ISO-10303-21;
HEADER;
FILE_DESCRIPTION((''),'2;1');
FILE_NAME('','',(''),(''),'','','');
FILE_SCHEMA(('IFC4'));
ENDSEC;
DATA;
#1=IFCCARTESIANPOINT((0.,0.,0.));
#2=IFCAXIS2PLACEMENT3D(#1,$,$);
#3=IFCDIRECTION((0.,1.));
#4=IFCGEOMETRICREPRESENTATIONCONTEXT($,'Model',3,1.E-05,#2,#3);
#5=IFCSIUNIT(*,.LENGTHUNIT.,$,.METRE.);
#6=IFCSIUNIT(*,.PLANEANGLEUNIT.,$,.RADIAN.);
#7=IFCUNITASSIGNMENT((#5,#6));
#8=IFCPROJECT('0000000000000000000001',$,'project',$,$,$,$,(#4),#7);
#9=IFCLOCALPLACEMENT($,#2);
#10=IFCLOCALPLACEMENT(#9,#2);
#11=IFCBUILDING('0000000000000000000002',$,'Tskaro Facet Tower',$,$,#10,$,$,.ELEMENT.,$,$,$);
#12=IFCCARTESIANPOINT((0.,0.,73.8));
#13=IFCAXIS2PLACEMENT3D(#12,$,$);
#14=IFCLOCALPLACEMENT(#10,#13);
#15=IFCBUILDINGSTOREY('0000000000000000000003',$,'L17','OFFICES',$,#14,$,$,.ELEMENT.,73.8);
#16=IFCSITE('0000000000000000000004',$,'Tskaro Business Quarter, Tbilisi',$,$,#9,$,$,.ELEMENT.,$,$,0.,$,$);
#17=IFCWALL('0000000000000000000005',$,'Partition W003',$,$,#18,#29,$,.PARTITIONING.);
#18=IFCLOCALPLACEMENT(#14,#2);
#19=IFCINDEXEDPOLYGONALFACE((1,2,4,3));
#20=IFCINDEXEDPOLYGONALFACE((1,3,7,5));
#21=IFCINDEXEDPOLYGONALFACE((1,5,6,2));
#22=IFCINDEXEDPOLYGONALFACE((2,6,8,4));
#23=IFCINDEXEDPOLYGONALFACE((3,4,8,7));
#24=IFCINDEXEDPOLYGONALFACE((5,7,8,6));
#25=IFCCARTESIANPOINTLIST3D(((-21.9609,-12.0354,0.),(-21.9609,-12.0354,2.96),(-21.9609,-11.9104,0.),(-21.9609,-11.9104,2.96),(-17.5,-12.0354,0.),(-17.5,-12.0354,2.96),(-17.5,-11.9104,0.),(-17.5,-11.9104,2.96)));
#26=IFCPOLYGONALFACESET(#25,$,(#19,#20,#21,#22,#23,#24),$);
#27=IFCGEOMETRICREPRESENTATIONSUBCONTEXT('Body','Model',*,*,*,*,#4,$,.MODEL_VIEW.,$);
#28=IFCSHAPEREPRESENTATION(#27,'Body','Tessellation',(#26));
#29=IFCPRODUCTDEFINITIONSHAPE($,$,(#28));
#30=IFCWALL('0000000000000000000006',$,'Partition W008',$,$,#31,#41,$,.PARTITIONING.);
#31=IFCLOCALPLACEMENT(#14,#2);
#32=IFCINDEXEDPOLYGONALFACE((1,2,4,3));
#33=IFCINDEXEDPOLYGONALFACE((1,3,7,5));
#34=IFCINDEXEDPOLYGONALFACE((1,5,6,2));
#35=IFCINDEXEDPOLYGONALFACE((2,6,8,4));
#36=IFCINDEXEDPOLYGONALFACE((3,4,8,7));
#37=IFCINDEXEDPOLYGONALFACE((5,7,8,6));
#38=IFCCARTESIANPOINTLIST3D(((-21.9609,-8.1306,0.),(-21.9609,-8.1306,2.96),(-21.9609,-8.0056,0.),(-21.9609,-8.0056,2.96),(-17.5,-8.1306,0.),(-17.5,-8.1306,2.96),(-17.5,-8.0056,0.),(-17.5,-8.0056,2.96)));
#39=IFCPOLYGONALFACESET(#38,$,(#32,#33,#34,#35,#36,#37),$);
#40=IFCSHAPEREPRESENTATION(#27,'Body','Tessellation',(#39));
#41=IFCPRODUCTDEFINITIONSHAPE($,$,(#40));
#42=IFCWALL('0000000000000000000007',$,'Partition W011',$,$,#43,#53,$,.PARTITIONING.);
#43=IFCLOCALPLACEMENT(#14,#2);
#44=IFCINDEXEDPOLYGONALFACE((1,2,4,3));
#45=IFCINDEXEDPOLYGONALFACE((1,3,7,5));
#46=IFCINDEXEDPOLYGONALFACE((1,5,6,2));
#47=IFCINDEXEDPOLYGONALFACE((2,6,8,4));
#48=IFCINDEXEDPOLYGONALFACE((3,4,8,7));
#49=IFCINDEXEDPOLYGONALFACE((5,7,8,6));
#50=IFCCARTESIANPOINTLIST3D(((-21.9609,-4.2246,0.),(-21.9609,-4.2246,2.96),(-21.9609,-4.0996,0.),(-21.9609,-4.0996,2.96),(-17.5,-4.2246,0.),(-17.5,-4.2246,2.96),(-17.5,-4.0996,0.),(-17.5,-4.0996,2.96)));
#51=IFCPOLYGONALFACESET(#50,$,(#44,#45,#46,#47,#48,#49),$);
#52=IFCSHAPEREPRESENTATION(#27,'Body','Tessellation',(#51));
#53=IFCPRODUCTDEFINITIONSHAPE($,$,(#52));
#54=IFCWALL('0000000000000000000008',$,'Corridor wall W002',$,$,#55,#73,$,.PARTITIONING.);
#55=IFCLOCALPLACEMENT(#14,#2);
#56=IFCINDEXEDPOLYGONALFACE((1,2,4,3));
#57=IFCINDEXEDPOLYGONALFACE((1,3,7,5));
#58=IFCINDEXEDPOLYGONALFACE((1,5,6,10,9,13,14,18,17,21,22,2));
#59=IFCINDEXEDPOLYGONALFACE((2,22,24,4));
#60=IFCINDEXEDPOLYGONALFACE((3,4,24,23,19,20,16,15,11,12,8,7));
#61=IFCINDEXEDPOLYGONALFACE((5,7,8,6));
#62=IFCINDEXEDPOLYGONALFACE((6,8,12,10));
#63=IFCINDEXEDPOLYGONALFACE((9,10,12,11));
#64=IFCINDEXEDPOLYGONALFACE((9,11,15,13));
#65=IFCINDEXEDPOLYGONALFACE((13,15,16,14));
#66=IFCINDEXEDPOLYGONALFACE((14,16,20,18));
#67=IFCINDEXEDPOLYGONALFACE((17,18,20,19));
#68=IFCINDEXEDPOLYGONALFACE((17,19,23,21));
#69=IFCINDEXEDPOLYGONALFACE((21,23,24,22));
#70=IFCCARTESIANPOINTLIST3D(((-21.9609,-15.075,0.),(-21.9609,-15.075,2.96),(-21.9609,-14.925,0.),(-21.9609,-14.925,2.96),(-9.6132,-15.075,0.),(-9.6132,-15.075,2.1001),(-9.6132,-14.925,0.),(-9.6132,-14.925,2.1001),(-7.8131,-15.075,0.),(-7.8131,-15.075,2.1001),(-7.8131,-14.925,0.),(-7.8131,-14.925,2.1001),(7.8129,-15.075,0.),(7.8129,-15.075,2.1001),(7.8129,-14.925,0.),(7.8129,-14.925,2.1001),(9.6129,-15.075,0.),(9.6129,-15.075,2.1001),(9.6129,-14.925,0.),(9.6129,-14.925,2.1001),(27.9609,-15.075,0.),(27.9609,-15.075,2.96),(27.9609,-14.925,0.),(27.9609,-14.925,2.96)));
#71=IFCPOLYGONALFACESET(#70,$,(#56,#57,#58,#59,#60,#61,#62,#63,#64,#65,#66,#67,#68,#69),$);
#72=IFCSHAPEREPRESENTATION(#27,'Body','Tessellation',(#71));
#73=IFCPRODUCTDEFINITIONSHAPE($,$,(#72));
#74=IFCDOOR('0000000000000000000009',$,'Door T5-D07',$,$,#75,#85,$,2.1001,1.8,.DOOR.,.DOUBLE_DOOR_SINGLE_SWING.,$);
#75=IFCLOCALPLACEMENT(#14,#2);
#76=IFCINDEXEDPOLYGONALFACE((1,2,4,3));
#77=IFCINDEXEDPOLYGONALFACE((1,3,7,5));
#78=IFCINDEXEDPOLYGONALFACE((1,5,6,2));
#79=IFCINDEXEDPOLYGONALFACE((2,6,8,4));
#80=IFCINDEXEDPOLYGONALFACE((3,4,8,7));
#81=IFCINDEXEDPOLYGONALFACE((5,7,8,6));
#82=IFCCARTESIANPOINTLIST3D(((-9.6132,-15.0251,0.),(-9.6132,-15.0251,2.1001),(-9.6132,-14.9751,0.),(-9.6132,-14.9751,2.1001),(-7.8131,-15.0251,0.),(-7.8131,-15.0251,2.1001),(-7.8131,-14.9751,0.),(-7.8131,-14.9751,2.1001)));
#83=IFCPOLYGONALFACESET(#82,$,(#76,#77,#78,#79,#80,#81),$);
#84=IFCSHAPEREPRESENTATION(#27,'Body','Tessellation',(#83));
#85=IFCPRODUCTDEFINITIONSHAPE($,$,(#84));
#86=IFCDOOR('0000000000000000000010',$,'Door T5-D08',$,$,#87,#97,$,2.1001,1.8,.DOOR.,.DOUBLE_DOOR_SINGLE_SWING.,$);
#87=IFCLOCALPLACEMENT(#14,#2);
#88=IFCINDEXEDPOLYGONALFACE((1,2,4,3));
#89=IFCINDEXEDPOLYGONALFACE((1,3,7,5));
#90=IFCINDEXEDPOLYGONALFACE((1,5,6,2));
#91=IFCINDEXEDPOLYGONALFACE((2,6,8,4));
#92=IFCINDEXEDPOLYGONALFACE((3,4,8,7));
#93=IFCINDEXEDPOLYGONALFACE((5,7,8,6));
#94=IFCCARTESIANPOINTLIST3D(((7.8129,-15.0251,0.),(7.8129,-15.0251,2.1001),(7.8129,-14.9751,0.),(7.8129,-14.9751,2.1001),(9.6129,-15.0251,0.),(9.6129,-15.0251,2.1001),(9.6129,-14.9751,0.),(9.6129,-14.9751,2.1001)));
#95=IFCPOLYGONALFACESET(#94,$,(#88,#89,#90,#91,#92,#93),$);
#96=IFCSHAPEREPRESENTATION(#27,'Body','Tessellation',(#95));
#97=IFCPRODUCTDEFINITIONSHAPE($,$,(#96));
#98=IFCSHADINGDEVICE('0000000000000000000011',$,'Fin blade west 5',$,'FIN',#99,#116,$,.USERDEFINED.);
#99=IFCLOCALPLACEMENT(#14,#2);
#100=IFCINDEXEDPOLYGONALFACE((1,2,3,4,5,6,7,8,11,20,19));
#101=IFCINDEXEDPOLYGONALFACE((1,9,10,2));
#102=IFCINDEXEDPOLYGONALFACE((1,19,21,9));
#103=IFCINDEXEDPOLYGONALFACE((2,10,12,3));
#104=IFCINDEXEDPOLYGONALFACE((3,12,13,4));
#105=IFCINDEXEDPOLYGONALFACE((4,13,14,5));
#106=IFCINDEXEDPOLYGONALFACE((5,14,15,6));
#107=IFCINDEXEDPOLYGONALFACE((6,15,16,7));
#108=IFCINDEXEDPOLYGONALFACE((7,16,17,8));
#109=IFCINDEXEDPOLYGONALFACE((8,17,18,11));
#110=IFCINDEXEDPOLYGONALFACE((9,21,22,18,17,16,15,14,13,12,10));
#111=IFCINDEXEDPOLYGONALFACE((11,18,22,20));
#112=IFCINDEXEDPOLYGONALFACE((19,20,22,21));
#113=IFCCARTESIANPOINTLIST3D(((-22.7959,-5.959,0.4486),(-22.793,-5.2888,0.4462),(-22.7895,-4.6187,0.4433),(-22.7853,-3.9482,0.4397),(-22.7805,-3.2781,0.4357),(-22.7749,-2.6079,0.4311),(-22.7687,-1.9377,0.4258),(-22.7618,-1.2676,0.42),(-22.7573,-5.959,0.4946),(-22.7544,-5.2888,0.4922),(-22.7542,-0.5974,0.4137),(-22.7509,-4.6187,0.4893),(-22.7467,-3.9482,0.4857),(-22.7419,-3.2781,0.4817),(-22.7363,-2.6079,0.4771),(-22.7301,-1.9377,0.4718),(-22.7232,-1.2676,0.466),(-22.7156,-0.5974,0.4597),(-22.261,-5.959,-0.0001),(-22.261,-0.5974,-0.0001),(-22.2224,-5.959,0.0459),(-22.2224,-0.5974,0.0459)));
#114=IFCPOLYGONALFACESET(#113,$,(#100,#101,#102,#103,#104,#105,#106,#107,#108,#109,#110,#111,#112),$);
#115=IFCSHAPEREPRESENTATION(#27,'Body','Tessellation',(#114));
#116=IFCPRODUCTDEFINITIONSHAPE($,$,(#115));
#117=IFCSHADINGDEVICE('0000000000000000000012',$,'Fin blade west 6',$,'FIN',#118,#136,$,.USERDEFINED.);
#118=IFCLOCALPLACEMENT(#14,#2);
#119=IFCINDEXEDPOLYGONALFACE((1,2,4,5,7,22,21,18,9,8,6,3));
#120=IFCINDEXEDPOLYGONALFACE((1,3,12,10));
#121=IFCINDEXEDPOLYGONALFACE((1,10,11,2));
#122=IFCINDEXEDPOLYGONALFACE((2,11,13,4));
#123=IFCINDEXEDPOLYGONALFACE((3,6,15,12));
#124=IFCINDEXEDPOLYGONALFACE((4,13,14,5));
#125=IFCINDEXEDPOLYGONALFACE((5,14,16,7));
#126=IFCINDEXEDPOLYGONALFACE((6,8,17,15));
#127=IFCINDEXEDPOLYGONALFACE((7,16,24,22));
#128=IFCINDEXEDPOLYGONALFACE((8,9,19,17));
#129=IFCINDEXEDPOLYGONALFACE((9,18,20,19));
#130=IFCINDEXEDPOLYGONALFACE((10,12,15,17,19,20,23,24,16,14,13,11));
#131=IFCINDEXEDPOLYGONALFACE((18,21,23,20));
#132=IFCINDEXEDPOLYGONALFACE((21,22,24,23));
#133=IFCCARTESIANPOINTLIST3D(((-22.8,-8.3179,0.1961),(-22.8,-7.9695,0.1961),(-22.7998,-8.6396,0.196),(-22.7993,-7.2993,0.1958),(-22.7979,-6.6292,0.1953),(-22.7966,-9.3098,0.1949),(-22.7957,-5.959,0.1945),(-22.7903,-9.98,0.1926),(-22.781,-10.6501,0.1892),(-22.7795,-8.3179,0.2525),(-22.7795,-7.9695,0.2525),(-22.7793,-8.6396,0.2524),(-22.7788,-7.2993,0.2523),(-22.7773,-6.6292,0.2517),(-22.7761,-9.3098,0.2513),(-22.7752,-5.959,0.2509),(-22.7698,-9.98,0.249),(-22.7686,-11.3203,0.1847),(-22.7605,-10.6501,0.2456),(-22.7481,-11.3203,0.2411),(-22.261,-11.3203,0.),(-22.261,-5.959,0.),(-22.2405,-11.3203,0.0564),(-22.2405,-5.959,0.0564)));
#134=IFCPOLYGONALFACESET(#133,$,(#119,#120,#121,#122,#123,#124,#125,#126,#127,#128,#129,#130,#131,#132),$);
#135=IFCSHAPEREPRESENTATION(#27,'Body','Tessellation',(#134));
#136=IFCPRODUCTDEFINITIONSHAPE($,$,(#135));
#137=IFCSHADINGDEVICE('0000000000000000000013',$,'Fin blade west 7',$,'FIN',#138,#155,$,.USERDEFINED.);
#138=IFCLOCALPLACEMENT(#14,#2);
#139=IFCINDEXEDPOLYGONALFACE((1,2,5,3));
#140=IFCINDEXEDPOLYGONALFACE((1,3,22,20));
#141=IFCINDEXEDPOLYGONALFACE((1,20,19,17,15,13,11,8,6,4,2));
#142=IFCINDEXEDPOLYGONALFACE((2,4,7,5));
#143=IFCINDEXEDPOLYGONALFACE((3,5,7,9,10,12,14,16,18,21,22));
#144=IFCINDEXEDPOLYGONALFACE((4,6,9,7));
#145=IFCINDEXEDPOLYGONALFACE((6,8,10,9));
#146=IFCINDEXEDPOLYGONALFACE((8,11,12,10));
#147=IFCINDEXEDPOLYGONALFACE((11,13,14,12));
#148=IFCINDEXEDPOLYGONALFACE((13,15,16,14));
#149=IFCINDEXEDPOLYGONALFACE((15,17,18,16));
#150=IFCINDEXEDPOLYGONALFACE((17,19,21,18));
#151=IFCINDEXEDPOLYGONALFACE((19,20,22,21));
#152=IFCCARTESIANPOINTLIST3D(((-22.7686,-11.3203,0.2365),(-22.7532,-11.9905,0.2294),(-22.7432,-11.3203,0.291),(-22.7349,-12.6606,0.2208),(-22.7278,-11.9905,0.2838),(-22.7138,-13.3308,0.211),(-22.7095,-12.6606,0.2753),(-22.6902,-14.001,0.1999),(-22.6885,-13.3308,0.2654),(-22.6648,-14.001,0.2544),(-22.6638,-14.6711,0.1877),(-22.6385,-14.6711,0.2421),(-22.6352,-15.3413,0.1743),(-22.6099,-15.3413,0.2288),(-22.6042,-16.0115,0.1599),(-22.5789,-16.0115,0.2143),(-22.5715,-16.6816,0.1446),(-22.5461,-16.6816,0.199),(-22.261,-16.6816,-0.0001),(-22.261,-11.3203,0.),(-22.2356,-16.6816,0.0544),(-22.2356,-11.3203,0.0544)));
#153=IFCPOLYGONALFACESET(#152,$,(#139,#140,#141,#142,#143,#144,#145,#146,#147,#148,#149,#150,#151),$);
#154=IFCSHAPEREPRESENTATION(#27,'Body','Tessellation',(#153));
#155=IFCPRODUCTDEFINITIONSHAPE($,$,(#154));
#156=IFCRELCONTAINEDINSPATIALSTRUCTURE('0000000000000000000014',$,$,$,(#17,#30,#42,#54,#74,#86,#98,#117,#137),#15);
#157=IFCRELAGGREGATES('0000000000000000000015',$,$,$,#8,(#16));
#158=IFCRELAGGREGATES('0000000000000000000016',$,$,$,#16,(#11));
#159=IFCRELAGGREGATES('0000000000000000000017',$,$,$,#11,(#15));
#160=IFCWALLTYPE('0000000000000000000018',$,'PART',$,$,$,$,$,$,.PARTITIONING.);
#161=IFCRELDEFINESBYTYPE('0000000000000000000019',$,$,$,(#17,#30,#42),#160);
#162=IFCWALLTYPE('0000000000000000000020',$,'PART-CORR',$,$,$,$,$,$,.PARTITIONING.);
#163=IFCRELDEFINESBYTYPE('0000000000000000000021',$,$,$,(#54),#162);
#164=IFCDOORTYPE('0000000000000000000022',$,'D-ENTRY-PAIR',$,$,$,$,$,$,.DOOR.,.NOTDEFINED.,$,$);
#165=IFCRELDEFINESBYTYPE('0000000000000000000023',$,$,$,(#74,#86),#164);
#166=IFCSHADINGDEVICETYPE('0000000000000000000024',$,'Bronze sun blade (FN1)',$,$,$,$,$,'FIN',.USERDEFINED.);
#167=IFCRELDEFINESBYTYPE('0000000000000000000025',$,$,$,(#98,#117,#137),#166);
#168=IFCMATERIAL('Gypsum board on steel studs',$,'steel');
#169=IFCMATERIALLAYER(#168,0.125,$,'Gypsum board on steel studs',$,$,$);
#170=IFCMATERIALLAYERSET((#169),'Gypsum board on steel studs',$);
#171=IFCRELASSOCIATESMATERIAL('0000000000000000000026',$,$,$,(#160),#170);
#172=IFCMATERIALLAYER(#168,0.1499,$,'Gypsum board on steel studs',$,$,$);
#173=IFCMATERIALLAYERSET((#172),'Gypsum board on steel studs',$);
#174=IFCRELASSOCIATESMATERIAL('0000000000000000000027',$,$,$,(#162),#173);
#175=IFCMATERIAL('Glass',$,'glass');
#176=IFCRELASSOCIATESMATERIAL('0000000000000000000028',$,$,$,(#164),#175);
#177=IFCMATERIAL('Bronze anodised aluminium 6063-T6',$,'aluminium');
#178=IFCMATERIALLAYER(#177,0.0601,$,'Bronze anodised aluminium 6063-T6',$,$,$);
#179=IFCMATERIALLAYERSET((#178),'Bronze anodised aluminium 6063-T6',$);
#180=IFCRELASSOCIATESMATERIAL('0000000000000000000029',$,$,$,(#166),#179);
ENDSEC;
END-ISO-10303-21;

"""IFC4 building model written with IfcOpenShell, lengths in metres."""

from ifc_helpers import new_model, si_unit, direction, frame, frame_2d, origin, place, context, subcontext, project, spatial, polyline, rectangle, outline, extrude, material, layer, layer_set, type_object, element, fill, save


model = new_model("IFC4")

# Units and contexts
model_context = context("Model", 3, precision=1e-05, world=origin(), true_north=direction((0.0, 1.0)))
body_context = subcontext(model_context, "Body", "Model", "MODEL_VIEW")
ifc_project = project(units=[si_unit("LENGTHUNIT", "METRE"), si_unit("PLANEANGLEUNIT", "RADIAN")], contexts=[model_context])

# Site, building, storey
site_placement = place(None, origin())
site = spatial("IfcSite", under=ifc_project, at=site_placement, Name="Tskaro Business Quarter, Tbilisi", CompositionType="ELEMENT", RefElevation=0.0)
building_placement = place(site_placement, origin())
building = spatial("IfcBuilding", under=site, at=building_placement, Name="Tskaro Facet Tower", CompositionType="ELEMENT")
storey_placement = place(building_placement, frame((0.0, 0.0, 73.8)))
storey = spatial("IfcBuildingStorey", under=building, at=storey_placement, Name="L17", Description="OFFICES", CompositionType="ELEMENT", Elevation=73.8)

# Shared definitions
ifc_material_1 = material(Name="Bronze anodised aluminium 6063-T6", Category="aluminium")

# Walls
ifc_material_2 = material(Name="Gypsum board on steel studs", Category="steel")
ifc_layer_1 = layer(ifc_material_2, 0.125, Name="Gypsum board on steel studs")
ifc_layer_set_1 = layer_set([ifc_layer_1], Name="Gypsum board on steel studs")
wall_type_1 = type_object("IfcWallType", Name="PART", PredefinedType="PARTITIONING", material=ifc_layer_set_1)
for number, where, z_axis, x_axis, name in (
    (1, (-21.9609, -11.9729, 0.0), (0.0, 0.0, 1.0), (1.0, 0.0, 0.0), "Partition W003"),
    (2, (-21.9609, -8.0681, 0.0), (0.0, 0.0, 1.0), (1.0, 0.0, 0.0), "Partition W008"),
    (3, (-21.9609, -4.1621, 0.0), (0.0, 0.0, 1.0), (1.0, 0.0, 0.0), "Partition W011"),
):
    element("IfcWall", number, at=place(storey_placement, frame(where, z_axis=z_axis, x_axis=x_axis)), inside=storey, type_object=wall_type_1, Name=name, PredefinedType="PARTITIONING", context=body_context, shape_type="SweptSolid", body=[
        extrude(rectangle(XDim=4.4609, YDim=0.125, at=frame_2d((2.2305, 0.0))), origin(), (0.0, 0.0, 1.0), 2.96),
    ])

# Wall, openings, doors
ifc_layer_2 = layer(ifc_material_2, 0.1499, Name="Gypsum board on steel studs")
ifc_layer_set_2 = layer_set([ifc_layer_2], Name="Gypsum board on steel studs")
wall_type_2 = type_object("IfcWallType", Name="PART-CORR", PredefinedType="PARTITIONING", material=ifc_layer_set_2)
wall_placement = place(storey_placement, frame((-21.9609, -15.0, 0.0), z_axis=(0.0, 0.0, 1.0), x_axis=(1.0, 0.0, 0.0)))
wall = element("IfcWall", 4, at=wall_placement, inside=storey, type_object=wall_type_2, Name="Corridor wall W002", PredefinedType="PARTITIONING", context=body_context, shape_type="SweptSolid", body=[
    extrude(rectangle(XDim=49.9219, YDim=0.1499, at=frame_2d((24.9609, 0.0))), origin(), (0.0, 0.0, 1.0), 2.96),
])
opening_1_placement = place(wall_placement, frame((12.3479, 0.0, 0.0)))
opening_1 = element("IfcOpeningElement", 5, at=opening_1_placement, cuts=wall, PredefinedType="OPENING", context=body_context, shape_type="SweptSolid", body=[
    extrude(rectangle(XDim=1.8, YDim=2.1001, at=frame_2d((0.8999, 1.05))), frame((0.0, 0.085, 0.0), z_axis=(0.0, -1.0, 0.0), x_axis=(1.0, 0.0, 0.0)), (0.0, 0.0, 1.0), 0.1699),
])
opening_2_placement = place(wall_placement, frame((29.7739, 0.0, 0.0)))
opening_2 = element("IfcOpeningElement", 6, at=opening_2_placement, cuts=wall, PredefinedType="OPENING", context=body_context, shape_type="SweptSolid", body=[
    extrude(rectangle(XDim=1.8, YDim=2.1001, at=frame_2d((0.8999, 1.05))), frame((0.0, 0.085, 0.0), z_axis=(0.0, -1.0, 0.0), x_axis=(1.0, 0.0, 0.0)), (0.0, 0.0, 1.0), 0.1699),
])
ifc_material_3 = material(Name="Glass", Category="glass")
door_type = type_object("IfcDoorType", Name="D-ENTRY-PAIR", OperationType="NOTDEFINED", PredefinedType="DOOR", material=ifc_material_3)
door_1_placement = place(opening_1_placement, origin())
door_1 = element("IfcDoor", 7, at=door_1_placement, inside=storey, type_object=door_type, Name="Door T5-D07", OperationType="DOUBLE_DOOR_SINGLE_SWING", OverallHeight=2.1001, OverallWidth=1.8, PredefinedType="DOOR", context=body_context, shape_type="SweptSolid", body=[
    extrude(rectangle(XDim=1.8, YDim=2.1001, at=frame_2d((0.8999, 1.05))), frame((0.0, 0.0249, 0.0), z_axis=(0.0, -1.0, 0.0), x_axis=(1.0, 0.0, 0.0)), (0.0, 0.0, 1.0), 0.05),
])
fill(opening_1, door_1)
door_2_placement = place(opening_2_placement, origin())
door_2 = element("IfcDoor", 8, at=door_2_placement, inside=storey, type_object=door_type, Name="Door T5-D08", OperationType="DOUBLE_DOOR_SINGLE_SWING", OverallHeight=2.1001, OverallWidth=1.8, PredefinedType="DOOR", context=body_context, shape_type="SweptSolid", body=[
    extrude(rectangle(XDim=1.8, YDim=2.1001, at=frame_2d((0.8999, 1.05))), frame((0.0, 0.0249, 0.0), z_axis=(0.0, -1.0, 0.0), x_axis=(1.0, 0.0, 0.0)), (0.0, 0.0, 1.0), 0.05),
])
fill(opening_2, door_2)

# Shading devices
ifc_layer_3 = layer(ifc_material_1, 0.0601, Name="Bronze anodised aluminium 6063-T6")
ifc_layer_set_3 = layer_set([ifc_layer_3], Name="Bronze anodised aluminium 6063-T6")
shading_device_type = type_object("IfcShadingDeviceType", Name="Bronze sun blade (FN1)", ElementType="FIN", PredefinedType="USERDEFINED", material=ifc_layer_set_3)
shading_device_1_placement = place(storey_placement, frame((-22.2224, -0.5974, 0.0459), z_axis=(0.642756, -0.000008, 0.766071), x_axis=(-0.000005, -1.0, -0.000006)))
element("IfcShadingDevice", 9, at=shading_device_1_placement, inside=storey, type_object=shading_device_type, Name="Fin blade west 5", ObjectType="FIN", PredefinedType="USERDEFINED", context=body_context, shape_type="SweptSolid", body=[
    extrude(outline(polyline([(0.0, 0.0), (5.3616, 0.0), (5.3616, -0.6982), (4.6914, -0.6944), (4.0212, -0.6899), (3.3508, -0.6843), (2.6807, -0.6781), (2.0105, -0.6708), (1.3403, -0.6627), (0.6702, -0.6537), (0.0, -0.6438), (0.0, 0.0)])), origin(), (0.0, 0.0, -1.0), 0.0601),
])
shading_device_2_placement = place(storey_placement, frame((-22.2405, -5.959, 0.0564), z_axis=(0.34189, 0.000008, 0.93974), x_axis=(0.000003, -1.0, 0.000008)))
element("IfcShadingDevice", 10, at=shading_device_2_placement, inside=storey, type_object=shading_device_type, Name="Fin blade west 6", ObjectType="FIN", PredefinedType="USERDEFINED", context=body_context, shape_type="SweptSolid", body=[
    extrude(outline(polyline([(0.0, 0.0), (5.3613, 0.0), (5.3613, -0.5402), (4.6912, -0.5534), (4.021, -0.5633), (3.3508, -0.57), (2.6807, -0.5734), (2.3589, -0.5736), (2.0105, -0.5736), (1.3403, -0.5728), (0.6702, -0.5713), (0.0, -0.569), (0.0, 0.0)])), origin(), (0.0, 0.0, -1.0), 0.0601),
])
shading_device_3_placement = place(storey_placement, frame((-22.2356, -11.3203, 0.0544), z_axis=(0.422369, -0.000018, 0.906424), x_axis=(-0.000008, -1.0, -0.000016)))
element("IfcShadingDevice", 11, at=shading_device_3_placement, inside=storey, type_object=shading_device_type, Name="Fin blade west 7", ObjectType="FIN", PredefinedType="USERDEFINED", context=body_context, shape_type="SweptSolid", body=[
    extrude(outline(polyline([(0.0, 0.0), (5.3613, 0.0), (5.3613, -0.3425), (4.6912, -0.3787), (4.021, -0.4129), (3.3508, -0.4444), (2.6807, -0.4735), (2.0105, -0.4996), (1.3403, -0.5229), (0.6702, -0.5431), (0.0, -0.56), (0.0, 0.0)])), origin(), (0.0, 0.0, -1.0), 0.0601),
])

save(model, "model.ifc")
